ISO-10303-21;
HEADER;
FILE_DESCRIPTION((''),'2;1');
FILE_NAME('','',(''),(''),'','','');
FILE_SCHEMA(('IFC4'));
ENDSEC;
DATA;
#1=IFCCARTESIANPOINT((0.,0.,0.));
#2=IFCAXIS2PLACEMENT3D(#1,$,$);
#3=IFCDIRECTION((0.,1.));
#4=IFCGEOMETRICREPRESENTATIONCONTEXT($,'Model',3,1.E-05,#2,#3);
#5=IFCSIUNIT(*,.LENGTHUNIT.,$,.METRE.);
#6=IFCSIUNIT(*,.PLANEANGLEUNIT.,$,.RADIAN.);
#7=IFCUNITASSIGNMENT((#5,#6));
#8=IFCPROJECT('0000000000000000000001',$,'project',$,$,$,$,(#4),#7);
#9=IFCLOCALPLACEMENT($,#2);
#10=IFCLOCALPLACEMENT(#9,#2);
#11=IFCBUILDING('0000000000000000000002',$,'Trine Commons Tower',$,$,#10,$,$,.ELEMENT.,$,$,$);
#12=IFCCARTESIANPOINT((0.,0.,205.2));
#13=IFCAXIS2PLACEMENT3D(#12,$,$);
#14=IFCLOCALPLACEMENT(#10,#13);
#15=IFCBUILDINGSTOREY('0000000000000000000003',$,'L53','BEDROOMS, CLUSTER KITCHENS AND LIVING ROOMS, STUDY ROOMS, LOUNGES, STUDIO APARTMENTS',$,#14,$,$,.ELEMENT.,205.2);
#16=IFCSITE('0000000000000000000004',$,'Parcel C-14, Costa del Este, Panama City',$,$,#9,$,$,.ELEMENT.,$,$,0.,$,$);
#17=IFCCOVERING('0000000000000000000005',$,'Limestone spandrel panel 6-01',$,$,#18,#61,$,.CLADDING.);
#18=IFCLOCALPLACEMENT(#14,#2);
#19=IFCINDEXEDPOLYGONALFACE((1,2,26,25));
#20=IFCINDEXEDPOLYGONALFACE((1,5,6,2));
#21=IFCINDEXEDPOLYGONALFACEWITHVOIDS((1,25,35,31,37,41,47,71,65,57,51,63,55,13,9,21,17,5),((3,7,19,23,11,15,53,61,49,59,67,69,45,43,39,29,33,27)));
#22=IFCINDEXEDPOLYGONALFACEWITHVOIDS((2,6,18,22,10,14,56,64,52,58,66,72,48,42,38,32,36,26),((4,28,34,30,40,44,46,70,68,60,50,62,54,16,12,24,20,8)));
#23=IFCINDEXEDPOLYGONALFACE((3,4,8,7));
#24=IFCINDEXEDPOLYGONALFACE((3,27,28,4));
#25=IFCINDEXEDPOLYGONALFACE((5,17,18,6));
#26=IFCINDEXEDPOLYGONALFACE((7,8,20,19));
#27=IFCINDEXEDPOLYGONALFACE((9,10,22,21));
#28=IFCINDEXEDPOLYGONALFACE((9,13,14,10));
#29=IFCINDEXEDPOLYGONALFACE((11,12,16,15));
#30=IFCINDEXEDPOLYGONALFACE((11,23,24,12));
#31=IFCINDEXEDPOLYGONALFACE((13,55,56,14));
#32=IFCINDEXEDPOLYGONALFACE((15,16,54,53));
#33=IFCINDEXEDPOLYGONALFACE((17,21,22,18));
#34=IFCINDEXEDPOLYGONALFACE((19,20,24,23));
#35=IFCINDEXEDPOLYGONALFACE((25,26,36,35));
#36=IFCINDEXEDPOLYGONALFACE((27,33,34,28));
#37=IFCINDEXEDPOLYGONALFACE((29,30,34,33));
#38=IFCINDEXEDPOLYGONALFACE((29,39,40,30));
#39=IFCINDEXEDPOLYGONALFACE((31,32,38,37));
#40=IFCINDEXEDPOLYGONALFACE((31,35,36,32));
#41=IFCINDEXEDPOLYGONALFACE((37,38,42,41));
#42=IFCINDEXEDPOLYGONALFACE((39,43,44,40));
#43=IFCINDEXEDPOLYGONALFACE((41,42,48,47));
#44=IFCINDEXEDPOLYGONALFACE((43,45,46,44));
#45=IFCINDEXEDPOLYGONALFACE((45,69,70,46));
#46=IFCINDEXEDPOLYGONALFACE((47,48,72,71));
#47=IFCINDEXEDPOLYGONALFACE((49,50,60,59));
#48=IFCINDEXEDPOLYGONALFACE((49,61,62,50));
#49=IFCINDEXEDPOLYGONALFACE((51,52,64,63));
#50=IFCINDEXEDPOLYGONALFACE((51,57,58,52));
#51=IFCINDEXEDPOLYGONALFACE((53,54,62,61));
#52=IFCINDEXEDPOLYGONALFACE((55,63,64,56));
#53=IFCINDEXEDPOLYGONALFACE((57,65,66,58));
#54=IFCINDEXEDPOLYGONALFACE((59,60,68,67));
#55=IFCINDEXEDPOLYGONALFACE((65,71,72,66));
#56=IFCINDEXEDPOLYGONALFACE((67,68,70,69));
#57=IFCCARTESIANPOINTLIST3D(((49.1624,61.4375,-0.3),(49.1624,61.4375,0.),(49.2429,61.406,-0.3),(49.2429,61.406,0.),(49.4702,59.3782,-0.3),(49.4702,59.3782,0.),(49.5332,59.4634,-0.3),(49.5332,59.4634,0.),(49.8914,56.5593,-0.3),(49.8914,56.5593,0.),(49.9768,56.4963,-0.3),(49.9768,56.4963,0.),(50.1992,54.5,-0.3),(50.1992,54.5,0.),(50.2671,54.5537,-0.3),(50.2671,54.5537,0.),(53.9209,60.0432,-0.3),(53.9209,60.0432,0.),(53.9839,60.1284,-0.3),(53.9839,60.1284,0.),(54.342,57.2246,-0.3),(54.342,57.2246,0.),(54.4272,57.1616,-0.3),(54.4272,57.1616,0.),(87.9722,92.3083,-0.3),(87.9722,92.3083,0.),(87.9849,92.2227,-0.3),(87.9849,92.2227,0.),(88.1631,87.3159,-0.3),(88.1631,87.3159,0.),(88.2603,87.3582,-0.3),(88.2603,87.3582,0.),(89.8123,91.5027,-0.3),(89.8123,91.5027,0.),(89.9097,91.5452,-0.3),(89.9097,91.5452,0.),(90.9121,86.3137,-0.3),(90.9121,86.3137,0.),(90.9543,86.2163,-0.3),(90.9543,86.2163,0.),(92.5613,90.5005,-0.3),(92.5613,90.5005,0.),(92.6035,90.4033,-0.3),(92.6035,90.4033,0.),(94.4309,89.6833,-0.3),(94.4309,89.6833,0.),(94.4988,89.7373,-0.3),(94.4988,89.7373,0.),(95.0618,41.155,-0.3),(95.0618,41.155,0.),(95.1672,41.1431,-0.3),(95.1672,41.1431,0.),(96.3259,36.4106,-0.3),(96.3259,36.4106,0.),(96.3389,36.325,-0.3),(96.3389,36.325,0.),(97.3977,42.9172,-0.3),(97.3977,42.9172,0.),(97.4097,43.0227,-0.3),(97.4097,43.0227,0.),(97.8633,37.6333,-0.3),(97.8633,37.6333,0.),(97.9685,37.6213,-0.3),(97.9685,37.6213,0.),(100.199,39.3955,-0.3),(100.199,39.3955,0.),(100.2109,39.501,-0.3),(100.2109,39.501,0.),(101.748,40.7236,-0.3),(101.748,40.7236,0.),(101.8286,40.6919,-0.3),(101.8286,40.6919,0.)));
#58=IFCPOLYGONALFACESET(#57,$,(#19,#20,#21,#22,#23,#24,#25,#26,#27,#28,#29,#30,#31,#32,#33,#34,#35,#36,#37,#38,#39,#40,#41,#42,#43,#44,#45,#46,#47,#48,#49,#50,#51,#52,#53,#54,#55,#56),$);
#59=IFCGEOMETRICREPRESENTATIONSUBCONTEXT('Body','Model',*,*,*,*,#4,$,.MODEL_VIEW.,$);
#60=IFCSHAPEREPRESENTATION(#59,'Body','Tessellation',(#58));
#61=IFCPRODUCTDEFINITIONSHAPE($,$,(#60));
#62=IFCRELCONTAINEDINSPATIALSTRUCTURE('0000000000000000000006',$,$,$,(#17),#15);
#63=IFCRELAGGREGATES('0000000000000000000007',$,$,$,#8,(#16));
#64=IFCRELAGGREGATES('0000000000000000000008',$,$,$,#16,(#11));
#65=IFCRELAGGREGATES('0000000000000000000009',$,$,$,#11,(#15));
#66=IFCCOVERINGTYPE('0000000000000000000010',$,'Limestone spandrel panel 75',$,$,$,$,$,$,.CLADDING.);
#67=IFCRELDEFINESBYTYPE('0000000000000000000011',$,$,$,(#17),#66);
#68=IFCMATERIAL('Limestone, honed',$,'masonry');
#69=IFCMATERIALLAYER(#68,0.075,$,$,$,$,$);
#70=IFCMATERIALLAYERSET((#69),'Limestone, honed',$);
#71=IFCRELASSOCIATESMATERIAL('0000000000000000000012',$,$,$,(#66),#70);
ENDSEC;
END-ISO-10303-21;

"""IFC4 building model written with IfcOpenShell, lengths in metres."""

from ifc_helpers import new_model, si_unit, direction, frame, origin, place, context, subcontext, project, spatial, polyline, outline, extrude, material, layer, layer_set, type_object, element, save


model = new_model("IFC4")

# Units and contexts
model_context = context("Model", 3, precision=1e-05, world=origin(), true_north=direction((0.0, 1.0)))
body_context = subcontext(model_context, "Body", "Model", "MODEL_VIEW")
ifc_project = project(units=[si_unit("LENGTHUNIT", "METRE"), si_unit("PLANEANGLEUNIT", "RADIAN")], contexts=[model_context])

# Site, building, storey
site_placement = place(None, origin())
site = spatial("IfcSite", under=ifc_project, at=site_placement, Name="Parcel C-14, Costa del Este, Panama City", CompositionType="ELEMENT", RefElevation=0.0)
building_placement = place(site_placement, origin())
building = spatial("IfcBuilding", under=site, at=building_placement, Name="Trine Commons Tower", CompositionType="ELEMENT")
storey_placement = place(building_placement, frame((0.0, 0.0, 205.2)))
storey = spatial("IfcBuildingStorey", under=building, at=storey_placement, Name="L53", Description="BEDROOMS, CLUSTER KITCHENS AND LIVING ROOMS, STUDY ROOMS, LOUNGES, STUDIO APARTMENTS", CompositionType="ELEMENT", Elevation=205.2)

# Covering
ifc_material_1 = material(Name="Limestone, honed", Category="masonry")
ifc_layer_1 = layer(ifc_material_1, 0.075)
ifc_layer_set_1 = layer_set([ifc_layer_1], Name="Limestone, honed")
covering_type_1 = type_object("IfcCoveringType", Name="Limestone spandrel panel 75", PredefinedType="CLADDING", material=ifc_layer_set_1)
covering_1_placement = place(storey_placement, frame((0.0, 0.0, -0.3)))
element("IfcCovering", 1, at=covering_1_placement, inside=storey, type_object=covering_type_1, Name="Limestone spandrel panel 6-01", PredefinedType="CLADDING", context=body_context, shape_type="SweptSolid", body=[
    extrude(outline(polyline([(97.3977, 42.9172), (100.199, 39.3955), (101.8286, 40.6919), (94.4988, 89.7373), (92.5613, 90.5005), (90.9121, 86.3137), (88.2603, 87.3582), (89.9097, 91.5452), (87.9722, 92.3083), (49.1624, 61.4375), (49.4702, 59.3782), (53.9209, 60.0432), (54.342, 57.2246), (49.8914, 56.5593), (50.1992, 54.5), (96.3389, 36.325), (97.9685, 37.6213), (95.1672, 41.1431), (97.3977, 42.9172)]), holes=[polyline([(92.6035, 90.4033), (94.4309, 89.6833), (101.748, 40.7236), (100.2109, 39.501), (97.4097, 43.0227), (95.0618, 41.155), (97.8633, 37.6333), (96.3259, 36.4106), (50.2671, 54.5537), (49.9768, 56.4963), (54.4272, 57.1616), (53.9839, 60.1284), (49.5332, 59.4634), (49.2429, 61.406), (87.9849, 92.2227), (89.8123, 91.5027), (88.1631, 87.3159), (90.9543, 86.2163), (92.6035, 90.4033)])]), origin(), (0.0, 0.0, 1.0), 0.3),
])

save(model, "model.ifc")
